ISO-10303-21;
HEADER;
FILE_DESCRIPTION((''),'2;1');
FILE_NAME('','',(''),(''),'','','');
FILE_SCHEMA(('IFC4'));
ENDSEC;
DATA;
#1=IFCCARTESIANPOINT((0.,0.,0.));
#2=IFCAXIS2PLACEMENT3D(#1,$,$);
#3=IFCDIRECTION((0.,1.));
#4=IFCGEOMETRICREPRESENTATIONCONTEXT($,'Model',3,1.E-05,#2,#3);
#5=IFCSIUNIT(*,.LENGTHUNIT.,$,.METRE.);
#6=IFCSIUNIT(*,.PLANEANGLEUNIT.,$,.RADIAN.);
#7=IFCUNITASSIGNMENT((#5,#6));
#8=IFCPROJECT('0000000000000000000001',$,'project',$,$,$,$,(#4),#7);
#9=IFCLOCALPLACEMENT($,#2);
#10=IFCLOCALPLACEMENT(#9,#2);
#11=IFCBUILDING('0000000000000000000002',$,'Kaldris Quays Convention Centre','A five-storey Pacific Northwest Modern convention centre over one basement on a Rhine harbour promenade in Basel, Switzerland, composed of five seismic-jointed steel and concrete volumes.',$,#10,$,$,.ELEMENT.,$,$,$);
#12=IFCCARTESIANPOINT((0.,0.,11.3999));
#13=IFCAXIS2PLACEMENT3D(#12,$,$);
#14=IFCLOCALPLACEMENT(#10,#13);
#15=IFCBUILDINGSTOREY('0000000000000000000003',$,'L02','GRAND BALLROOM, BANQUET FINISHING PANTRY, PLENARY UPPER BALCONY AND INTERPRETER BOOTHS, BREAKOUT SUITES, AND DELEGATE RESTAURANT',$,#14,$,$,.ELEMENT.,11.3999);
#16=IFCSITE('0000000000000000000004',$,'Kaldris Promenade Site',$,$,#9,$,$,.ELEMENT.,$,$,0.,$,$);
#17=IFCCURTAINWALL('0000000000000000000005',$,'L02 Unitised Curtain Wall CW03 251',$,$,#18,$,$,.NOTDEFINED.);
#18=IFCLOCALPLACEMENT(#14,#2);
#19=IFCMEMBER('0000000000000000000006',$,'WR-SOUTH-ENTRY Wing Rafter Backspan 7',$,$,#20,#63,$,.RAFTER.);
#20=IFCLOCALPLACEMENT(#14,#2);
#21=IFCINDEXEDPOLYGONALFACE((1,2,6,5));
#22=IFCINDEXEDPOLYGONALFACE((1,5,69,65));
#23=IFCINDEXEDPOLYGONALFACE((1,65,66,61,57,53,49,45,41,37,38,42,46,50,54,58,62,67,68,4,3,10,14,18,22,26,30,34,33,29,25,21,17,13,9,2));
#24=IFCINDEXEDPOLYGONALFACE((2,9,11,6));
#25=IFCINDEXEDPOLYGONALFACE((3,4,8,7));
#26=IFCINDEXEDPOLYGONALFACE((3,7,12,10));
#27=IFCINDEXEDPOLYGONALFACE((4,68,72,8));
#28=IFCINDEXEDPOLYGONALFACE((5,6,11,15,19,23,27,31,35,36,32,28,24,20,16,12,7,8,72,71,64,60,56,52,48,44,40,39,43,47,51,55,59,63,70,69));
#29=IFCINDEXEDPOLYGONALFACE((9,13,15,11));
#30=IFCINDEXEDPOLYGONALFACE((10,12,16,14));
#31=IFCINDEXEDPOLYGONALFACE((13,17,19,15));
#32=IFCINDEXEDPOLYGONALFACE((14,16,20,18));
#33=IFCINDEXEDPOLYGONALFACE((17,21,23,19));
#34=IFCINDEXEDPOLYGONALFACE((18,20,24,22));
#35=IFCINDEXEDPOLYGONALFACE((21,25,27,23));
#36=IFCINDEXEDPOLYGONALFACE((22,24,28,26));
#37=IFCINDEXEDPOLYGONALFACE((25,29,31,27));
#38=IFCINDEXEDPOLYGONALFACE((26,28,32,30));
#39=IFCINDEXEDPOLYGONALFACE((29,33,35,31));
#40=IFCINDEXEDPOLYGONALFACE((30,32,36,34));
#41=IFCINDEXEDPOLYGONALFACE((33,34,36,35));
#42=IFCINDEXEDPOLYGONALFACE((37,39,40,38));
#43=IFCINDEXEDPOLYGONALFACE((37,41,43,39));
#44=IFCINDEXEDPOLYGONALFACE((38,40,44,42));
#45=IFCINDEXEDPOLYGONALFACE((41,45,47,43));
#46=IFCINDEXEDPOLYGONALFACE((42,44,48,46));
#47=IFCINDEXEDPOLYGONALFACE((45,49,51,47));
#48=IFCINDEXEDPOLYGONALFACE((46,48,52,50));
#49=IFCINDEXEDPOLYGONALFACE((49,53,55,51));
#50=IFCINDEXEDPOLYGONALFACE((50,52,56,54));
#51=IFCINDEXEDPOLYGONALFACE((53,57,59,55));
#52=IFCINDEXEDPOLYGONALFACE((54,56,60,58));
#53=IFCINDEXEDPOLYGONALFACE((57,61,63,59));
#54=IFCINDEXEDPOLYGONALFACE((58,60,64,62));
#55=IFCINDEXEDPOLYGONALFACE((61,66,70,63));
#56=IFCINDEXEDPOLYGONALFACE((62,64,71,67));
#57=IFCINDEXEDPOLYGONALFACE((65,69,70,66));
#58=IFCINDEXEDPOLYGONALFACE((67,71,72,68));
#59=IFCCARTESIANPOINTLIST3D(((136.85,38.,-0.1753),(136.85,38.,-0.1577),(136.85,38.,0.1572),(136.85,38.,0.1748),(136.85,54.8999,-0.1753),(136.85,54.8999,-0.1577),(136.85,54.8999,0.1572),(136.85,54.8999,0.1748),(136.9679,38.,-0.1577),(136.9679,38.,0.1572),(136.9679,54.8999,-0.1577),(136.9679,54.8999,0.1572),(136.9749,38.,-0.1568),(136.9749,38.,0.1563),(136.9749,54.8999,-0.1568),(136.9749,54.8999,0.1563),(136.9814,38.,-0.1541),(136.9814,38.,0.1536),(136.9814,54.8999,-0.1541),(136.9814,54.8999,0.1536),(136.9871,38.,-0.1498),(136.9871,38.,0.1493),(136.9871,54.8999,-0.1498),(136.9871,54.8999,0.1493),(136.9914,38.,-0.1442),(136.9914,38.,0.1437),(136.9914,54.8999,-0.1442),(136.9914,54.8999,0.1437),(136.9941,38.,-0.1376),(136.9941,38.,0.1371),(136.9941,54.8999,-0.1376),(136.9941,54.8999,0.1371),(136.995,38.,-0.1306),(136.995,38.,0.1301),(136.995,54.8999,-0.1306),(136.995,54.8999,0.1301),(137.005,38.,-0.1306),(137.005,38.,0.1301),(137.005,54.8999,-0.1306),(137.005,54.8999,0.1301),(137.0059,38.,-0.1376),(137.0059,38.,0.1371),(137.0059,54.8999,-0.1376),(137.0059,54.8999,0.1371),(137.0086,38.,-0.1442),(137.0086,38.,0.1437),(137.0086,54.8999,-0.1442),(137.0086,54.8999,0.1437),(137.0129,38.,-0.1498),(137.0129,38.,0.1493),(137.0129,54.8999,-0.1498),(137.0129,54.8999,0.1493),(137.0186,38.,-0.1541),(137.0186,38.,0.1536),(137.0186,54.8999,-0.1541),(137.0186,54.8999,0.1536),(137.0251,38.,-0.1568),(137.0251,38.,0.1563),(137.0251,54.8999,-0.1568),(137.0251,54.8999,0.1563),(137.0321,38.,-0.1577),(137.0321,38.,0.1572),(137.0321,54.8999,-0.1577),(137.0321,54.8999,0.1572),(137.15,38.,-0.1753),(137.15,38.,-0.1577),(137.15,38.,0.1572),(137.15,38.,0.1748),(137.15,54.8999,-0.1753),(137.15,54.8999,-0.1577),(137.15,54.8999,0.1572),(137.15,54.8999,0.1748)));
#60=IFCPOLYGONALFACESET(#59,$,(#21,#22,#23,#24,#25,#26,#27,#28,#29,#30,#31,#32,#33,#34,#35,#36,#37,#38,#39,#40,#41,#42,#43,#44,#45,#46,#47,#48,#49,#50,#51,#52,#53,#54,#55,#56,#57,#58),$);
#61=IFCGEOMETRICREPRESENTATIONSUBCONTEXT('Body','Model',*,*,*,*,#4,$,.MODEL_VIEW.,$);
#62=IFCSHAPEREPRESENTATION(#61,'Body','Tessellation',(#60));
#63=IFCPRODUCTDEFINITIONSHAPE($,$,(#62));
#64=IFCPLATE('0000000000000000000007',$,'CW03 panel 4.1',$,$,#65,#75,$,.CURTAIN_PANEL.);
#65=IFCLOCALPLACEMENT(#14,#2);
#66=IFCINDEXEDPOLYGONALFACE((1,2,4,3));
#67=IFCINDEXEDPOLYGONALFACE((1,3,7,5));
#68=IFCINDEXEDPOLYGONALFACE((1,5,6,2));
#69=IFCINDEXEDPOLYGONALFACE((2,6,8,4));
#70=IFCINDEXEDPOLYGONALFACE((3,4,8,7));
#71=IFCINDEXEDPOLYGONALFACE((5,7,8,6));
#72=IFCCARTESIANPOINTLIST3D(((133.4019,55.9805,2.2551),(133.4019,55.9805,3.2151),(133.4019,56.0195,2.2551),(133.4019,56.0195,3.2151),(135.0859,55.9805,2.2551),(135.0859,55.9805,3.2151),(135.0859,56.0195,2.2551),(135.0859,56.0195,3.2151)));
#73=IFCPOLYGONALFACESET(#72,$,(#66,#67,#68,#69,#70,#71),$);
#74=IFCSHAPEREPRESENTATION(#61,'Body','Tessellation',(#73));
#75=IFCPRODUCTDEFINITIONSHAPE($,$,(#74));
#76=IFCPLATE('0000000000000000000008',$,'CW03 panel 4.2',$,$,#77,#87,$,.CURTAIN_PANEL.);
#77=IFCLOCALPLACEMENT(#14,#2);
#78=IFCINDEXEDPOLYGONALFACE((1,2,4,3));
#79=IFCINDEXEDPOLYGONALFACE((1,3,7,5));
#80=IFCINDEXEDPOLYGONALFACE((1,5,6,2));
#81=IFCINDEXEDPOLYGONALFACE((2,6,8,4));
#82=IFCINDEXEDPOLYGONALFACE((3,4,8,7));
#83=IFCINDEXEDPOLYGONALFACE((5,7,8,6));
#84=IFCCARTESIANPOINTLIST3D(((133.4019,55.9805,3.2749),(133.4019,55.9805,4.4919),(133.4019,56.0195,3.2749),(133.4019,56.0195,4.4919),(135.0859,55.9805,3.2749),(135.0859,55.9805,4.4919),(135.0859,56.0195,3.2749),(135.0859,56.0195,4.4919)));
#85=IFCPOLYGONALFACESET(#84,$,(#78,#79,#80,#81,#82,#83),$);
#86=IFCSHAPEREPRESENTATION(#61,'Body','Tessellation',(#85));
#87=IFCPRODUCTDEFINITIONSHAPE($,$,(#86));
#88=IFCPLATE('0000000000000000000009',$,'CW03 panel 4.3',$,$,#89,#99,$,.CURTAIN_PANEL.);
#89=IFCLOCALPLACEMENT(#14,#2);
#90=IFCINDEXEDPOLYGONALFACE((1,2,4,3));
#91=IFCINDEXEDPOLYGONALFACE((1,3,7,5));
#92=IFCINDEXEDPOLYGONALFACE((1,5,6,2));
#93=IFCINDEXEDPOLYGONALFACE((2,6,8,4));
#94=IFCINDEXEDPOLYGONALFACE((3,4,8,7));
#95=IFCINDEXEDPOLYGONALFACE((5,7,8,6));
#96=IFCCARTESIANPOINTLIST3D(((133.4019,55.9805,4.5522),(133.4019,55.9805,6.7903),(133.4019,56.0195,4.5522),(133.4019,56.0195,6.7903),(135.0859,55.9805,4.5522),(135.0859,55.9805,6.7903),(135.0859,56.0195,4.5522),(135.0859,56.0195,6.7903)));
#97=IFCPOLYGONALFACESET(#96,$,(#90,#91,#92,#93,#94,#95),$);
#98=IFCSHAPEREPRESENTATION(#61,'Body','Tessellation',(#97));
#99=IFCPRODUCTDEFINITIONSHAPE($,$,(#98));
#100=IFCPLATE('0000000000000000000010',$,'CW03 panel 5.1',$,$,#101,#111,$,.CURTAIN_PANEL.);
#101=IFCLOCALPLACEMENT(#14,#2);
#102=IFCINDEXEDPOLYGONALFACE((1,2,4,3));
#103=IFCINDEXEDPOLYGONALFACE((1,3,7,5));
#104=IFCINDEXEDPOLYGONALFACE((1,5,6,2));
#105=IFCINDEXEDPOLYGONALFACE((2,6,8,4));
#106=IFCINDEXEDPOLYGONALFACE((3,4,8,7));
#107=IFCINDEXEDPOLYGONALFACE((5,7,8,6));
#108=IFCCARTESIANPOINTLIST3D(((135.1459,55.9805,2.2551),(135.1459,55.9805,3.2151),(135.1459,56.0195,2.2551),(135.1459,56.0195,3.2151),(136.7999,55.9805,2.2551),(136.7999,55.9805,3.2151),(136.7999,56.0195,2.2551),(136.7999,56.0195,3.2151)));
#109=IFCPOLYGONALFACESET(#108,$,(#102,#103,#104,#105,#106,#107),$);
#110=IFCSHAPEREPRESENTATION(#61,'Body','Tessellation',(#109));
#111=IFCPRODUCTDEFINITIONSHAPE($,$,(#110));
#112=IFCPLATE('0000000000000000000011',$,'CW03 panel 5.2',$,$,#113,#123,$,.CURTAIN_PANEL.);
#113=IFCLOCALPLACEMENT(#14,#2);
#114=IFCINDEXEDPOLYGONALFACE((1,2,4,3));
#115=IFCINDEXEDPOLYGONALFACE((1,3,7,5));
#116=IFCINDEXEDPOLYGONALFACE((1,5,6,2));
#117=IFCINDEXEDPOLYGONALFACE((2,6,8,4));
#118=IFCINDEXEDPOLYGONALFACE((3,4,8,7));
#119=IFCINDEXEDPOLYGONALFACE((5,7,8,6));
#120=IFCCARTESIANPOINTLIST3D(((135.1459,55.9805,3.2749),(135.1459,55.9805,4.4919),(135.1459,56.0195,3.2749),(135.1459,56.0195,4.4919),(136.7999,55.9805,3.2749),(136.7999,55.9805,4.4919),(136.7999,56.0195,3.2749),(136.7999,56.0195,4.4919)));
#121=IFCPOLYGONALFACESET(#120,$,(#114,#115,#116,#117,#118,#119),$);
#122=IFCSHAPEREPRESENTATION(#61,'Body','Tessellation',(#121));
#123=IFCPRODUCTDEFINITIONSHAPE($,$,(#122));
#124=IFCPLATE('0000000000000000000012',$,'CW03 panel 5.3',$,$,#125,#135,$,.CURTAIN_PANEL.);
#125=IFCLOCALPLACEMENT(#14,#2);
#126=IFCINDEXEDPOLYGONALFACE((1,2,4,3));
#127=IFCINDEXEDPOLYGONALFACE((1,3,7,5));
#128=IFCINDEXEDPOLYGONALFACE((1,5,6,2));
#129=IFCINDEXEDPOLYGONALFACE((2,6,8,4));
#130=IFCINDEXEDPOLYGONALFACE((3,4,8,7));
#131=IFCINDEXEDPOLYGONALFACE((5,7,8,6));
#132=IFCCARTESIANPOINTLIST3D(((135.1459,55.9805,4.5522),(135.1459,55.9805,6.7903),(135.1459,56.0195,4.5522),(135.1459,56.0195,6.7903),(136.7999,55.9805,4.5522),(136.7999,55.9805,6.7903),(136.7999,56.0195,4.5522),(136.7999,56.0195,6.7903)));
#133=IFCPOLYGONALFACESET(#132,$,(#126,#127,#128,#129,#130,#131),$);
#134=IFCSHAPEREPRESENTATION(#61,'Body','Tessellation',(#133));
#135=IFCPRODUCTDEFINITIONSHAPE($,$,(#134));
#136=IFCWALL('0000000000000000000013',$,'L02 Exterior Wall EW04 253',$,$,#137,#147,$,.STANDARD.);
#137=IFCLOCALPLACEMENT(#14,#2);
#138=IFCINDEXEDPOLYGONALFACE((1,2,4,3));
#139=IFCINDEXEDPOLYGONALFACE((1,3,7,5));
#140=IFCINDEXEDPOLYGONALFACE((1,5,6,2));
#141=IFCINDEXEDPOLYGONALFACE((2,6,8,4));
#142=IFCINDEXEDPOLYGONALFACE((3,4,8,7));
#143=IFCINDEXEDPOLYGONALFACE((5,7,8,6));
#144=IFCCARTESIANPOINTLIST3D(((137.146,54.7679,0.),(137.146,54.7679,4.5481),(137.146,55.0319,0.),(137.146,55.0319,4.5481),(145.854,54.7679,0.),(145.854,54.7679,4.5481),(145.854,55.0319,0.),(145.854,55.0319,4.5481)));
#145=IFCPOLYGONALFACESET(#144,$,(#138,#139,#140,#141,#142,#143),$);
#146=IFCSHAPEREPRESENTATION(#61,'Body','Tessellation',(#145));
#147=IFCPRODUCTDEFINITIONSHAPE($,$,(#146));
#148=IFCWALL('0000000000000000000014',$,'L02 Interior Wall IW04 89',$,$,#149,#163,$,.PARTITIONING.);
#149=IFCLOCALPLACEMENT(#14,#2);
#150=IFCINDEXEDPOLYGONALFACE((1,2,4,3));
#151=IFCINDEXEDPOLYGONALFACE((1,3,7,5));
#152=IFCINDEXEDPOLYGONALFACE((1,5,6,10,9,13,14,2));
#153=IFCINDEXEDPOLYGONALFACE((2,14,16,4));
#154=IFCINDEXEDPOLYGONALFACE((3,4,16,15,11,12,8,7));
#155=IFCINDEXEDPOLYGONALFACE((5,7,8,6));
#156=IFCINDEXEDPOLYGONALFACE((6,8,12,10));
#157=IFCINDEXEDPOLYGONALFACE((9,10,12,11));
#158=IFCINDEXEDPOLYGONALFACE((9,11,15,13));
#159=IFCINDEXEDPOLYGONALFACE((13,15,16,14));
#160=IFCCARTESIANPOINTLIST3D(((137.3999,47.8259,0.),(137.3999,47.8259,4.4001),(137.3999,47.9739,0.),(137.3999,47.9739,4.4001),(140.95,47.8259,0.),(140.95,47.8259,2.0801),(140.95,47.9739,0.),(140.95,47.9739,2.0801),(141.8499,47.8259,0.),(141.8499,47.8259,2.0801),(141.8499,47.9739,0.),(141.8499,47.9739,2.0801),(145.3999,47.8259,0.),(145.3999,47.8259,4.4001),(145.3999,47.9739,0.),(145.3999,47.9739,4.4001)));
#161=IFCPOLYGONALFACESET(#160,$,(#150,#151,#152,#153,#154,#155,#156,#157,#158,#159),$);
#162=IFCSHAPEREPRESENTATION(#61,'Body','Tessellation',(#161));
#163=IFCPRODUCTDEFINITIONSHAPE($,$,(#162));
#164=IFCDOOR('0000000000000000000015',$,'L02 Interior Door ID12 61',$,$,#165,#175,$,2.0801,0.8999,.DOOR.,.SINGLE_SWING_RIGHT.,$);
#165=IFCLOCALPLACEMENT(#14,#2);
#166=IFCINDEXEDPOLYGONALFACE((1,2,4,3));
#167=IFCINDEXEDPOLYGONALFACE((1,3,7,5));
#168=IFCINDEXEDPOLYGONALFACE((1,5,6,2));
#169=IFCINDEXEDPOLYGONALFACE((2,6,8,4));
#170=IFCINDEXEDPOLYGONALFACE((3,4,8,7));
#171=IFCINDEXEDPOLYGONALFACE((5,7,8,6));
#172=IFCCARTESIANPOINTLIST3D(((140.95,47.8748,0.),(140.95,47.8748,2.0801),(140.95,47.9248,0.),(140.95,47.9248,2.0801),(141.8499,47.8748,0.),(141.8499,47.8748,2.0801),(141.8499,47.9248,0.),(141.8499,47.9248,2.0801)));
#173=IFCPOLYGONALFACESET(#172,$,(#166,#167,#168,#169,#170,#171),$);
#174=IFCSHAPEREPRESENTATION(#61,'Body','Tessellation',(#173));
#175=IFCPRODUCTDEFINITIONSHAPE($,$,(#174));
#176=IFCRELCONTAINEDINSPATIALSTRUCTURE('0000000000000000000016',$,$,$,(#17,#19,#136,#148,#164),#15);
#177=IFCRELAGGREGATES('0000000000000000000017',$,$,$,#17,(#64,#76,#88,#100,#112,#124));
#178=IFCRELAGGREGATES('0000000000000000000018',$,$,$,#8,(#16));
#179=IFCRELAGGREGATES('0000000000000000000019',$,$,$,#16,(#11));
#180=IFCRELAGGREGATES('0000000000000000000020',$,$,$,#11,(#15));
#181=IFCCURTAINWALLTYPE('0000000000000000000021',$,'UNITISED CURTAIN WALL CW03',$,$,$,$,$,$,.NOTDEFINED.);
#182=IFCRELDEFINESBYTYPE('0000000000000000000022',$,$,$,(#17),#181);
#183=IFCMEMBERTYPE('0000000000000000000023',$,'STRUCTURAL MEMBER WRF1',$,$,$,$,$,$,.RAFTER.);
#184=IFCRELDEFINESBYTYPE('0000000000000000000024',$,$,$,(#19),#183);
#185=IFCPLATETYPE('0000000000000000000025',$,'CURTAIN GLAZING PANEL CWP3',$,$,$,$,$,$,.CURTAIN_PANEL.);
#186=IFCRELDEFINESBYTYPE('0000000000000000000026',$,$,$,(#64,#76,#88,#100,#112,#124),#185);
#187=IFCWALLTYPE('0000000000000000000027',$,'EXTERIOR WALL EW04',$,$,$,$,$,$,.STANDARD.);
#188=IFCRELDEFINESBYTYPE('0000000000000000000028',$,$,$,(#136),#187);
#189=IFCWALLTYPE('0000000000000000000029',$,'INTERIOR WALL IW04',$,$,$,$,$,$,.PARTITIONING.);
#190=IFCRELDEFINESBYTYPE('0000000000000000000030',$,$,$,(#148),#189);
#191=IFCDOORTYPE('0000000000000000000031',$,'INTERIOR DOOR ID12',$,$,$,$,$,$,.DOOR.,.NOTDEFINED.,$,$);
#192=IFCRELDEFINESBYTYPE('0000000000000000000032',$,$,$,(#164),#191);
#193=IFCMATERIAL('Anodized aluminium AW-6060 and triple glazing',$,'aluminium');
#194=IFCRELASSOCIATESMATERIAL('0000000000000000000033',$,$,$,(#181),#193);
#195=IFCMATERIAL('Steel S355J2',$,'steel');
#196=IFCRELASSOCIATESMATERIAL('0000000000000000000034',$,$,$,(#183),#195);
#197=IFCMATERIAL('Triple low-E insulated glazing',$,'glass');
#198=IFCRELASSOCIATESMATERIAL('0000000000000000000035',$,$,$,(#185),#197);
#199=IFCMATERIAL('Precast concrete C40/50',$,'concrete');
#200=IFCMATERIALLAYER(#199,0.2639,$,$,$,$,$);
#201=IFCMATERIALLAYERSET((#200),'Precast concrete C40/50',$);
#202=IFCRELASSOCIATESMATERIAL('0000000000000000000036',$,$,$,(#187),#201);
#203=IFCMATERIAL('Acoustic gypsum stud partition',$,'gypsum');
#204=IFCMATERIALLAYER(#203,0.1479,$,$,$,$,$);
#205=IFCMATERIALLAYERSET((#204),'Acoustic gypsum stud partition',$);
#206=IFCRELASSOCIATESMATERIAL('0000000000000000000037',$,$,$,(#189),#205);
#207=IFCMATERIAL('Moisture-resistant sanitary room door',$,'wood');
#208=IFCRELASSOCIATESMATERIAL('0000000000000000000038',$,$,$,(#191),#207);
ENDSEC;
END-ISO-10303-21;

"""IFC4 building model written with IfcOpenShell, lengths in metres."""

from ifc_helpers import new_model, si_unit, direction, frame, frame_2d, origin, origin_2d, place, context, subcontext, project, spatial, rectangle, i_section, extrude, material, layer, layer_set, material_profile, profile_set, type_object, element, fill, aggregate, save


model = new_model("IFC4")

# Units and contexts
model_context = context("Model", 3, precision=1e-05, world=origin(), true_north=direction((0.0, 1.0)))
body_context = subcontext(model_context, "Body", "Model", "MODEL_VIEW")
ifc_project = project(units=[si_unit("LENGTHUNIT", "METRE"), si_unit("PLANEANGLEUNIT", "RADIAN")], contexts=[model_context])

# Site, building, storey
site_placement = place(None, origin())
site = spatial("IfcSite", under=ifc_project, at=site_placement, Name="Kaldris Promenade Site", CompositionType="ELEMENT", RefElevation=0.0)
building_placement = place(site_placement, origin())
building = spatial("IfcBuilding", under=site, at=building_placement, Name="Kaldris Quays Convention Centre", Description="A five-storey Pacific Northwest Modern convention centre over one basement on a Rhine harbour promenade in Basel, Switzerland, composed of five seismic-jointed steel and concrete volumes.", CompositionType="ELEMENT")
storey_placement = place(building_placement, frame((0.0, 0.0, 11.3999)))
storey = spatial("IfcBuildingStorey", under=building, at=storey_placement, Name="L02", Description="GRAND BALLROOM, BANQUET FINISHING PANTRY, PLENARY UPPER BALCONY AND INTERPRETER BOOTHS, BREAKOUT SUITES, AND DELEGATE RESTAURANT", CompositionType="ELEMENT", Elevation=11.3999)

# Shared definitions
ifc_material_1 = material(Name="Steel S355J2", Category="steel")

# Curtain wall
ifc_material_2 = material(Name="Anodized aluminium AW-6060 and triple glazing", Category="aluminium")
curtain_wall_type = type_object("IfcCurtainWallType", Name="UNITISED CURTAIN WALL CW03", PredefinedType="NOTDEFINED", material=ifc_material_2)
curtain_wall_1_placement = place(storey_placement, origin())
curtain_wall_1 = element("IfcCurtainWall", 1, at=curtain_wall_1_placement, inside=storey, type_object=curtain_wall_type, Name="L02 Unitised Curtain Wall CW03 251", PredefinedType="NOTDEFINED")

# Member
ifc_material_profile_1 = material_profile(ifc_material_1, i_section(OverallWidth=0.3, OverallDepth=0.3501, WebThickness=0.01, FlangeThickness=0.0176, FilletRadius=0.0271, at=origin_2d()), Name="HEA 360")
ifc_profile_set_1 = profile_set([ifc_material_profile_1], Name="Steel S355J2")
member_type_1 = type_object("IfcMemberType", Name="STRUCTURAL MEMBER WRF1", PredefinedType="RAFTER", material=ifc_profile_set_1)
member_1_placement = place(storey_placement, frame((137.0, 54.8999, -0.0002), z_axis=(0.0, -1.0, 0.0), x_axis=(1.0, 0.0, 0.0)))
element("IfcMember", 2, at=member_1_placement, inside=storey, type_object=member_type_1, Name="WR-SOUTH-ENTRY Wing Rafter Backspan 7", PredefinedType="RAFTER", context=body_context, shape_type="SweptSolid", body=[
    extrude(i_section(OverallWidth=0.3, OverallDepth=0.3501, WebThickness=0.01, FlangeThickness=0.0176, FilletRadius=0.0271, at=origin_2d()), origin(), (0.0, 0.0, 1.0), 16.8999),
])

# Plates
ifc_material_3 = material(Name="Triple low-E insulated glazing", Category="glass")
plate_type = type_object("IfcPlateType", Name="CURTAIN GLAZING PANEL CWP3", PredefinedType="CURTAIN_PANEL", material=ifc_material_3)
plate_1_placement = place(storey_placement, frame((134.2439, 56.0, 2.2551), z_axis=(0.0, 0.0, 1.0), x_axis=(1.0, 0.0, 0.0)))
plate_1 = element("IfcPlate", 3, at=plate_1_placement, type_object=plate_type, Name="CW03 panel 4.1", PredefinedType="CURTAIN_PANEL", context=body_context, shape_type="SweptSolid", body=[
    extrude(rectangle(XDim=1.6841, YDim=0.0391, at=origin_2d()), origin(), (0.0, 0.0, 1.0), 0.96),
])
plate_2_placement = place(storey_placement, frame((134.2439, 56.0, 3.2749), z_axis=(0.0, 0.0, 1.0), x_axis=(1.0, 0.0, 0.0)))
plate_2 = element("IfcPlate", 4, at=plate_2_placement, type_object=plate_type, Name="CW03 panel 4.2", PredefinedType="CURTAIN_PANEL", context=body_context, shape_type="SweptSolid", body=[
    extrude(rectangle(XDim=1.6841, YDim=0.0391, at=origin_2d()), origin(), (0.0, 0.0, 1.0), 1.217),
])
plate_3_placement = place(storey_placement, frame((134.2439, 56.0, 4.5522), z_axis=(0.0, 0.0, 1.0), x_axis=(1.0, 0.0, 0.0)))
plate_3 = element("IfcPlate", 5, at=plate_3_placement, type_object=plate_type, Name="CW03 panel 4.3", PredefinedType="CURTAIN_PANEL", context=body_context, shape_type="SweptSolid", body=[
    extrude(rectangle(XDim=1.6841, YDim=0.0391, at=origin_2d()), origin(), (0.0, 0.0, 1.0), 2.238),
])
plate_4_placement = place(storey_placement, frame((135.9729, 56.0, 2.2551), z_axis=(0.0, 0.0, 1.0), x_axis=(1.0, 0.0, 0.0)))
plate_4 = element("IfcPlate", 6, at=plate_4_placement, type_object=plate_type, Name="CW03 panel 5.1", PredefinedType="CURTAIN_PANEL", context=body_context, shape_type="SweptSolid", body=[
    extrude(rectangle(XDim=1.6541, YDim=0.0391, at=origin_2d()), origin(), (0.0, 0.0, 1.0), 0.96),
])
plate_5_placement = place(storey_placement, frame((135.9729, 56.0, 3.2749), z_axis=(0.0, 0.0, 1.0), x_axis=(1.0, 0.0, 0.0)))
plate_5 = element("IfcPlate", 7, at=plate_5_placement, type_object=plate_type, Name="CW03 panel 5.2", PredefinedType="CURTAIN_PANEL", context=body_context, shape_type="SweptSolid", body=[
    extrude(rectangle(XDim=1.6541, YDim=0.0391, at=origin_2d()), origin(), (0.0, 0.0, 1.0), 1.217),
])
plate_6_placement = place(storey_placement, frame((135.9729, 56.0, 4.5522), z_axis=(0.0, 0.0, 1.0), x_axis=(1.0, 0.0, 0.0)))
plate_6 = element("IfcPlate", 8, at=plate_6_placement, type_object=plate_type, Name="CW03 panel 5.3", PredefinedType="CURTAIN_PANEL", context=body_context, shape_type="SweptSolid", body=[
    extrude(rectangle(XDim=1.6541, YDim=0.0391, at=origin_2d()), origin(), (0.0, 0.0, 1.0), 2.238),
])
aggregate(curtain_wall_1, [plate_1, plate_2, plate_3, plate_4, plate_5, plate_6])

# Wall
ifc_material_4 = material(Name="Precast concrete C40/50", Category="concrete")
ifc_layer_1 = layer(ifc_material_4, 0.2639)
ifc_layer_set_1 = layer_set([ifc_layer_1], Name="Precast concrete C40/50")
wall_type_1 = type_object("IfcWallType", Name="EXTERIOR WALL EW04", PredefinedType="STANDARD", material=ifc_layer_set_1)
wall_1_placement = place(storey_placement, frame((137.146, 54.8999, 0.0), z_axis=(0.0, 0.0, 1.0), x_axis=(1.0, 0.0, 0.0)))
element("IfcWall", 9, at=wall_1_placement, inside=storey, type_object=wall_type_1, Name="L02 Exterior Wall EW04 253", PredefinedType="STANDARD", context=body_context, shape_type="SweptSolid", body=[
    extrude(rectangle(XDim=8.708, YDim=0.2639, at=frame_2d((4.354, 0.0))), origin(), (0.0, 0.0, 1.0), 4.5481),
])

# Wall, opening, door
ifc_material_5 = material(Name="Acoustic gypsum stud partition", Category="gypsum")
ifc_layer_2 = layer(ifc_material_5, 0.1479)
ifc_layer_set_2 = layer_set([ifc_layer_2], Name="Acoustic gypsum stud partition")
wall_type_2 = type_object("IfcWallType", Name="INTERIOR WALL IW04", PredefinedType="PARTITIONING", material=ifc_layer_set_2)
wall_2_placement = place(storey_placement, frame((137.3999, 47.8999, 0.0), z_axis=(0.0, 0.0, 1.0), x_axis=(1.0, 0.0, 0.0)))
wall_2 = element("IfcWall", 10, at=wall_2_placement, inside=storey, type_object=wall_type_2, Name="L02 Interior Wall IW04 89", PredefinedType="PARTITIONING", context=body_context, shape_type="SweptSolid", body=[
    extrude(rectangle(XDim=8.0, YDim=0.1479, at=frame_2d((4.0, 0.0))), origin(), (0.0, 0.0, 1.0), 4.4001),
])
opening_placement = place(wall_2_placement, frame((3.55, 0.0, 0.0)))
opening = element("IfcOpeningElement", 11, at=opening_placement, cuts=wall_2, PredefinedType="OPENING", context=body_context, shape_type="SweptSolid", body=[
    extrude(rectangle(XDim=0.8999, YDim=2.0801, at=frame_2d((0.45, 1.04))), frame((0.0, 0.084, 0.0), z_axis=(0.0, -1.0, 0.0), x_axis=(1.0, 0.0, 0.0)), (0.0, 0.0, 1.0), 0.168),
])
ifc_material_6 = material(Name="Moisture-resistant sanitary room door", Category="wood")
door_type = type_object("IfcDoorType", Name="INTERIOR DOOR ID12", OperationType="NOTDEFINED", PredefinedType="DOOR", material=ifc_material_6)
door_placement = place(opening_placement, origin())
door = element("IfcDoor", 12, at=door_placement, inside=storey, type_object=door_type, Name="L02 Interior Door ID12 61", OperationType="SINGLE_SWING_RIGHT", OverallHeight=2.0801, OverallWidth=0.8999, PredefinedType="DOOR", context=body_context, shape_type="SweptSolid", body=[
    extrude(rectangle(XDim=0.8999, YDim=2.0801, at=frame_2d((0.45, 1.04))), frame((0.0, 0.0249, 0.0), z_axis=(0.0, -1.0, 0.0), x_axis=(1.0, 0.0, 0.0)), (0.0, 0.0, 1.0), 0.05),
])
fill(opening, door)

save(model, "model.ifc")
